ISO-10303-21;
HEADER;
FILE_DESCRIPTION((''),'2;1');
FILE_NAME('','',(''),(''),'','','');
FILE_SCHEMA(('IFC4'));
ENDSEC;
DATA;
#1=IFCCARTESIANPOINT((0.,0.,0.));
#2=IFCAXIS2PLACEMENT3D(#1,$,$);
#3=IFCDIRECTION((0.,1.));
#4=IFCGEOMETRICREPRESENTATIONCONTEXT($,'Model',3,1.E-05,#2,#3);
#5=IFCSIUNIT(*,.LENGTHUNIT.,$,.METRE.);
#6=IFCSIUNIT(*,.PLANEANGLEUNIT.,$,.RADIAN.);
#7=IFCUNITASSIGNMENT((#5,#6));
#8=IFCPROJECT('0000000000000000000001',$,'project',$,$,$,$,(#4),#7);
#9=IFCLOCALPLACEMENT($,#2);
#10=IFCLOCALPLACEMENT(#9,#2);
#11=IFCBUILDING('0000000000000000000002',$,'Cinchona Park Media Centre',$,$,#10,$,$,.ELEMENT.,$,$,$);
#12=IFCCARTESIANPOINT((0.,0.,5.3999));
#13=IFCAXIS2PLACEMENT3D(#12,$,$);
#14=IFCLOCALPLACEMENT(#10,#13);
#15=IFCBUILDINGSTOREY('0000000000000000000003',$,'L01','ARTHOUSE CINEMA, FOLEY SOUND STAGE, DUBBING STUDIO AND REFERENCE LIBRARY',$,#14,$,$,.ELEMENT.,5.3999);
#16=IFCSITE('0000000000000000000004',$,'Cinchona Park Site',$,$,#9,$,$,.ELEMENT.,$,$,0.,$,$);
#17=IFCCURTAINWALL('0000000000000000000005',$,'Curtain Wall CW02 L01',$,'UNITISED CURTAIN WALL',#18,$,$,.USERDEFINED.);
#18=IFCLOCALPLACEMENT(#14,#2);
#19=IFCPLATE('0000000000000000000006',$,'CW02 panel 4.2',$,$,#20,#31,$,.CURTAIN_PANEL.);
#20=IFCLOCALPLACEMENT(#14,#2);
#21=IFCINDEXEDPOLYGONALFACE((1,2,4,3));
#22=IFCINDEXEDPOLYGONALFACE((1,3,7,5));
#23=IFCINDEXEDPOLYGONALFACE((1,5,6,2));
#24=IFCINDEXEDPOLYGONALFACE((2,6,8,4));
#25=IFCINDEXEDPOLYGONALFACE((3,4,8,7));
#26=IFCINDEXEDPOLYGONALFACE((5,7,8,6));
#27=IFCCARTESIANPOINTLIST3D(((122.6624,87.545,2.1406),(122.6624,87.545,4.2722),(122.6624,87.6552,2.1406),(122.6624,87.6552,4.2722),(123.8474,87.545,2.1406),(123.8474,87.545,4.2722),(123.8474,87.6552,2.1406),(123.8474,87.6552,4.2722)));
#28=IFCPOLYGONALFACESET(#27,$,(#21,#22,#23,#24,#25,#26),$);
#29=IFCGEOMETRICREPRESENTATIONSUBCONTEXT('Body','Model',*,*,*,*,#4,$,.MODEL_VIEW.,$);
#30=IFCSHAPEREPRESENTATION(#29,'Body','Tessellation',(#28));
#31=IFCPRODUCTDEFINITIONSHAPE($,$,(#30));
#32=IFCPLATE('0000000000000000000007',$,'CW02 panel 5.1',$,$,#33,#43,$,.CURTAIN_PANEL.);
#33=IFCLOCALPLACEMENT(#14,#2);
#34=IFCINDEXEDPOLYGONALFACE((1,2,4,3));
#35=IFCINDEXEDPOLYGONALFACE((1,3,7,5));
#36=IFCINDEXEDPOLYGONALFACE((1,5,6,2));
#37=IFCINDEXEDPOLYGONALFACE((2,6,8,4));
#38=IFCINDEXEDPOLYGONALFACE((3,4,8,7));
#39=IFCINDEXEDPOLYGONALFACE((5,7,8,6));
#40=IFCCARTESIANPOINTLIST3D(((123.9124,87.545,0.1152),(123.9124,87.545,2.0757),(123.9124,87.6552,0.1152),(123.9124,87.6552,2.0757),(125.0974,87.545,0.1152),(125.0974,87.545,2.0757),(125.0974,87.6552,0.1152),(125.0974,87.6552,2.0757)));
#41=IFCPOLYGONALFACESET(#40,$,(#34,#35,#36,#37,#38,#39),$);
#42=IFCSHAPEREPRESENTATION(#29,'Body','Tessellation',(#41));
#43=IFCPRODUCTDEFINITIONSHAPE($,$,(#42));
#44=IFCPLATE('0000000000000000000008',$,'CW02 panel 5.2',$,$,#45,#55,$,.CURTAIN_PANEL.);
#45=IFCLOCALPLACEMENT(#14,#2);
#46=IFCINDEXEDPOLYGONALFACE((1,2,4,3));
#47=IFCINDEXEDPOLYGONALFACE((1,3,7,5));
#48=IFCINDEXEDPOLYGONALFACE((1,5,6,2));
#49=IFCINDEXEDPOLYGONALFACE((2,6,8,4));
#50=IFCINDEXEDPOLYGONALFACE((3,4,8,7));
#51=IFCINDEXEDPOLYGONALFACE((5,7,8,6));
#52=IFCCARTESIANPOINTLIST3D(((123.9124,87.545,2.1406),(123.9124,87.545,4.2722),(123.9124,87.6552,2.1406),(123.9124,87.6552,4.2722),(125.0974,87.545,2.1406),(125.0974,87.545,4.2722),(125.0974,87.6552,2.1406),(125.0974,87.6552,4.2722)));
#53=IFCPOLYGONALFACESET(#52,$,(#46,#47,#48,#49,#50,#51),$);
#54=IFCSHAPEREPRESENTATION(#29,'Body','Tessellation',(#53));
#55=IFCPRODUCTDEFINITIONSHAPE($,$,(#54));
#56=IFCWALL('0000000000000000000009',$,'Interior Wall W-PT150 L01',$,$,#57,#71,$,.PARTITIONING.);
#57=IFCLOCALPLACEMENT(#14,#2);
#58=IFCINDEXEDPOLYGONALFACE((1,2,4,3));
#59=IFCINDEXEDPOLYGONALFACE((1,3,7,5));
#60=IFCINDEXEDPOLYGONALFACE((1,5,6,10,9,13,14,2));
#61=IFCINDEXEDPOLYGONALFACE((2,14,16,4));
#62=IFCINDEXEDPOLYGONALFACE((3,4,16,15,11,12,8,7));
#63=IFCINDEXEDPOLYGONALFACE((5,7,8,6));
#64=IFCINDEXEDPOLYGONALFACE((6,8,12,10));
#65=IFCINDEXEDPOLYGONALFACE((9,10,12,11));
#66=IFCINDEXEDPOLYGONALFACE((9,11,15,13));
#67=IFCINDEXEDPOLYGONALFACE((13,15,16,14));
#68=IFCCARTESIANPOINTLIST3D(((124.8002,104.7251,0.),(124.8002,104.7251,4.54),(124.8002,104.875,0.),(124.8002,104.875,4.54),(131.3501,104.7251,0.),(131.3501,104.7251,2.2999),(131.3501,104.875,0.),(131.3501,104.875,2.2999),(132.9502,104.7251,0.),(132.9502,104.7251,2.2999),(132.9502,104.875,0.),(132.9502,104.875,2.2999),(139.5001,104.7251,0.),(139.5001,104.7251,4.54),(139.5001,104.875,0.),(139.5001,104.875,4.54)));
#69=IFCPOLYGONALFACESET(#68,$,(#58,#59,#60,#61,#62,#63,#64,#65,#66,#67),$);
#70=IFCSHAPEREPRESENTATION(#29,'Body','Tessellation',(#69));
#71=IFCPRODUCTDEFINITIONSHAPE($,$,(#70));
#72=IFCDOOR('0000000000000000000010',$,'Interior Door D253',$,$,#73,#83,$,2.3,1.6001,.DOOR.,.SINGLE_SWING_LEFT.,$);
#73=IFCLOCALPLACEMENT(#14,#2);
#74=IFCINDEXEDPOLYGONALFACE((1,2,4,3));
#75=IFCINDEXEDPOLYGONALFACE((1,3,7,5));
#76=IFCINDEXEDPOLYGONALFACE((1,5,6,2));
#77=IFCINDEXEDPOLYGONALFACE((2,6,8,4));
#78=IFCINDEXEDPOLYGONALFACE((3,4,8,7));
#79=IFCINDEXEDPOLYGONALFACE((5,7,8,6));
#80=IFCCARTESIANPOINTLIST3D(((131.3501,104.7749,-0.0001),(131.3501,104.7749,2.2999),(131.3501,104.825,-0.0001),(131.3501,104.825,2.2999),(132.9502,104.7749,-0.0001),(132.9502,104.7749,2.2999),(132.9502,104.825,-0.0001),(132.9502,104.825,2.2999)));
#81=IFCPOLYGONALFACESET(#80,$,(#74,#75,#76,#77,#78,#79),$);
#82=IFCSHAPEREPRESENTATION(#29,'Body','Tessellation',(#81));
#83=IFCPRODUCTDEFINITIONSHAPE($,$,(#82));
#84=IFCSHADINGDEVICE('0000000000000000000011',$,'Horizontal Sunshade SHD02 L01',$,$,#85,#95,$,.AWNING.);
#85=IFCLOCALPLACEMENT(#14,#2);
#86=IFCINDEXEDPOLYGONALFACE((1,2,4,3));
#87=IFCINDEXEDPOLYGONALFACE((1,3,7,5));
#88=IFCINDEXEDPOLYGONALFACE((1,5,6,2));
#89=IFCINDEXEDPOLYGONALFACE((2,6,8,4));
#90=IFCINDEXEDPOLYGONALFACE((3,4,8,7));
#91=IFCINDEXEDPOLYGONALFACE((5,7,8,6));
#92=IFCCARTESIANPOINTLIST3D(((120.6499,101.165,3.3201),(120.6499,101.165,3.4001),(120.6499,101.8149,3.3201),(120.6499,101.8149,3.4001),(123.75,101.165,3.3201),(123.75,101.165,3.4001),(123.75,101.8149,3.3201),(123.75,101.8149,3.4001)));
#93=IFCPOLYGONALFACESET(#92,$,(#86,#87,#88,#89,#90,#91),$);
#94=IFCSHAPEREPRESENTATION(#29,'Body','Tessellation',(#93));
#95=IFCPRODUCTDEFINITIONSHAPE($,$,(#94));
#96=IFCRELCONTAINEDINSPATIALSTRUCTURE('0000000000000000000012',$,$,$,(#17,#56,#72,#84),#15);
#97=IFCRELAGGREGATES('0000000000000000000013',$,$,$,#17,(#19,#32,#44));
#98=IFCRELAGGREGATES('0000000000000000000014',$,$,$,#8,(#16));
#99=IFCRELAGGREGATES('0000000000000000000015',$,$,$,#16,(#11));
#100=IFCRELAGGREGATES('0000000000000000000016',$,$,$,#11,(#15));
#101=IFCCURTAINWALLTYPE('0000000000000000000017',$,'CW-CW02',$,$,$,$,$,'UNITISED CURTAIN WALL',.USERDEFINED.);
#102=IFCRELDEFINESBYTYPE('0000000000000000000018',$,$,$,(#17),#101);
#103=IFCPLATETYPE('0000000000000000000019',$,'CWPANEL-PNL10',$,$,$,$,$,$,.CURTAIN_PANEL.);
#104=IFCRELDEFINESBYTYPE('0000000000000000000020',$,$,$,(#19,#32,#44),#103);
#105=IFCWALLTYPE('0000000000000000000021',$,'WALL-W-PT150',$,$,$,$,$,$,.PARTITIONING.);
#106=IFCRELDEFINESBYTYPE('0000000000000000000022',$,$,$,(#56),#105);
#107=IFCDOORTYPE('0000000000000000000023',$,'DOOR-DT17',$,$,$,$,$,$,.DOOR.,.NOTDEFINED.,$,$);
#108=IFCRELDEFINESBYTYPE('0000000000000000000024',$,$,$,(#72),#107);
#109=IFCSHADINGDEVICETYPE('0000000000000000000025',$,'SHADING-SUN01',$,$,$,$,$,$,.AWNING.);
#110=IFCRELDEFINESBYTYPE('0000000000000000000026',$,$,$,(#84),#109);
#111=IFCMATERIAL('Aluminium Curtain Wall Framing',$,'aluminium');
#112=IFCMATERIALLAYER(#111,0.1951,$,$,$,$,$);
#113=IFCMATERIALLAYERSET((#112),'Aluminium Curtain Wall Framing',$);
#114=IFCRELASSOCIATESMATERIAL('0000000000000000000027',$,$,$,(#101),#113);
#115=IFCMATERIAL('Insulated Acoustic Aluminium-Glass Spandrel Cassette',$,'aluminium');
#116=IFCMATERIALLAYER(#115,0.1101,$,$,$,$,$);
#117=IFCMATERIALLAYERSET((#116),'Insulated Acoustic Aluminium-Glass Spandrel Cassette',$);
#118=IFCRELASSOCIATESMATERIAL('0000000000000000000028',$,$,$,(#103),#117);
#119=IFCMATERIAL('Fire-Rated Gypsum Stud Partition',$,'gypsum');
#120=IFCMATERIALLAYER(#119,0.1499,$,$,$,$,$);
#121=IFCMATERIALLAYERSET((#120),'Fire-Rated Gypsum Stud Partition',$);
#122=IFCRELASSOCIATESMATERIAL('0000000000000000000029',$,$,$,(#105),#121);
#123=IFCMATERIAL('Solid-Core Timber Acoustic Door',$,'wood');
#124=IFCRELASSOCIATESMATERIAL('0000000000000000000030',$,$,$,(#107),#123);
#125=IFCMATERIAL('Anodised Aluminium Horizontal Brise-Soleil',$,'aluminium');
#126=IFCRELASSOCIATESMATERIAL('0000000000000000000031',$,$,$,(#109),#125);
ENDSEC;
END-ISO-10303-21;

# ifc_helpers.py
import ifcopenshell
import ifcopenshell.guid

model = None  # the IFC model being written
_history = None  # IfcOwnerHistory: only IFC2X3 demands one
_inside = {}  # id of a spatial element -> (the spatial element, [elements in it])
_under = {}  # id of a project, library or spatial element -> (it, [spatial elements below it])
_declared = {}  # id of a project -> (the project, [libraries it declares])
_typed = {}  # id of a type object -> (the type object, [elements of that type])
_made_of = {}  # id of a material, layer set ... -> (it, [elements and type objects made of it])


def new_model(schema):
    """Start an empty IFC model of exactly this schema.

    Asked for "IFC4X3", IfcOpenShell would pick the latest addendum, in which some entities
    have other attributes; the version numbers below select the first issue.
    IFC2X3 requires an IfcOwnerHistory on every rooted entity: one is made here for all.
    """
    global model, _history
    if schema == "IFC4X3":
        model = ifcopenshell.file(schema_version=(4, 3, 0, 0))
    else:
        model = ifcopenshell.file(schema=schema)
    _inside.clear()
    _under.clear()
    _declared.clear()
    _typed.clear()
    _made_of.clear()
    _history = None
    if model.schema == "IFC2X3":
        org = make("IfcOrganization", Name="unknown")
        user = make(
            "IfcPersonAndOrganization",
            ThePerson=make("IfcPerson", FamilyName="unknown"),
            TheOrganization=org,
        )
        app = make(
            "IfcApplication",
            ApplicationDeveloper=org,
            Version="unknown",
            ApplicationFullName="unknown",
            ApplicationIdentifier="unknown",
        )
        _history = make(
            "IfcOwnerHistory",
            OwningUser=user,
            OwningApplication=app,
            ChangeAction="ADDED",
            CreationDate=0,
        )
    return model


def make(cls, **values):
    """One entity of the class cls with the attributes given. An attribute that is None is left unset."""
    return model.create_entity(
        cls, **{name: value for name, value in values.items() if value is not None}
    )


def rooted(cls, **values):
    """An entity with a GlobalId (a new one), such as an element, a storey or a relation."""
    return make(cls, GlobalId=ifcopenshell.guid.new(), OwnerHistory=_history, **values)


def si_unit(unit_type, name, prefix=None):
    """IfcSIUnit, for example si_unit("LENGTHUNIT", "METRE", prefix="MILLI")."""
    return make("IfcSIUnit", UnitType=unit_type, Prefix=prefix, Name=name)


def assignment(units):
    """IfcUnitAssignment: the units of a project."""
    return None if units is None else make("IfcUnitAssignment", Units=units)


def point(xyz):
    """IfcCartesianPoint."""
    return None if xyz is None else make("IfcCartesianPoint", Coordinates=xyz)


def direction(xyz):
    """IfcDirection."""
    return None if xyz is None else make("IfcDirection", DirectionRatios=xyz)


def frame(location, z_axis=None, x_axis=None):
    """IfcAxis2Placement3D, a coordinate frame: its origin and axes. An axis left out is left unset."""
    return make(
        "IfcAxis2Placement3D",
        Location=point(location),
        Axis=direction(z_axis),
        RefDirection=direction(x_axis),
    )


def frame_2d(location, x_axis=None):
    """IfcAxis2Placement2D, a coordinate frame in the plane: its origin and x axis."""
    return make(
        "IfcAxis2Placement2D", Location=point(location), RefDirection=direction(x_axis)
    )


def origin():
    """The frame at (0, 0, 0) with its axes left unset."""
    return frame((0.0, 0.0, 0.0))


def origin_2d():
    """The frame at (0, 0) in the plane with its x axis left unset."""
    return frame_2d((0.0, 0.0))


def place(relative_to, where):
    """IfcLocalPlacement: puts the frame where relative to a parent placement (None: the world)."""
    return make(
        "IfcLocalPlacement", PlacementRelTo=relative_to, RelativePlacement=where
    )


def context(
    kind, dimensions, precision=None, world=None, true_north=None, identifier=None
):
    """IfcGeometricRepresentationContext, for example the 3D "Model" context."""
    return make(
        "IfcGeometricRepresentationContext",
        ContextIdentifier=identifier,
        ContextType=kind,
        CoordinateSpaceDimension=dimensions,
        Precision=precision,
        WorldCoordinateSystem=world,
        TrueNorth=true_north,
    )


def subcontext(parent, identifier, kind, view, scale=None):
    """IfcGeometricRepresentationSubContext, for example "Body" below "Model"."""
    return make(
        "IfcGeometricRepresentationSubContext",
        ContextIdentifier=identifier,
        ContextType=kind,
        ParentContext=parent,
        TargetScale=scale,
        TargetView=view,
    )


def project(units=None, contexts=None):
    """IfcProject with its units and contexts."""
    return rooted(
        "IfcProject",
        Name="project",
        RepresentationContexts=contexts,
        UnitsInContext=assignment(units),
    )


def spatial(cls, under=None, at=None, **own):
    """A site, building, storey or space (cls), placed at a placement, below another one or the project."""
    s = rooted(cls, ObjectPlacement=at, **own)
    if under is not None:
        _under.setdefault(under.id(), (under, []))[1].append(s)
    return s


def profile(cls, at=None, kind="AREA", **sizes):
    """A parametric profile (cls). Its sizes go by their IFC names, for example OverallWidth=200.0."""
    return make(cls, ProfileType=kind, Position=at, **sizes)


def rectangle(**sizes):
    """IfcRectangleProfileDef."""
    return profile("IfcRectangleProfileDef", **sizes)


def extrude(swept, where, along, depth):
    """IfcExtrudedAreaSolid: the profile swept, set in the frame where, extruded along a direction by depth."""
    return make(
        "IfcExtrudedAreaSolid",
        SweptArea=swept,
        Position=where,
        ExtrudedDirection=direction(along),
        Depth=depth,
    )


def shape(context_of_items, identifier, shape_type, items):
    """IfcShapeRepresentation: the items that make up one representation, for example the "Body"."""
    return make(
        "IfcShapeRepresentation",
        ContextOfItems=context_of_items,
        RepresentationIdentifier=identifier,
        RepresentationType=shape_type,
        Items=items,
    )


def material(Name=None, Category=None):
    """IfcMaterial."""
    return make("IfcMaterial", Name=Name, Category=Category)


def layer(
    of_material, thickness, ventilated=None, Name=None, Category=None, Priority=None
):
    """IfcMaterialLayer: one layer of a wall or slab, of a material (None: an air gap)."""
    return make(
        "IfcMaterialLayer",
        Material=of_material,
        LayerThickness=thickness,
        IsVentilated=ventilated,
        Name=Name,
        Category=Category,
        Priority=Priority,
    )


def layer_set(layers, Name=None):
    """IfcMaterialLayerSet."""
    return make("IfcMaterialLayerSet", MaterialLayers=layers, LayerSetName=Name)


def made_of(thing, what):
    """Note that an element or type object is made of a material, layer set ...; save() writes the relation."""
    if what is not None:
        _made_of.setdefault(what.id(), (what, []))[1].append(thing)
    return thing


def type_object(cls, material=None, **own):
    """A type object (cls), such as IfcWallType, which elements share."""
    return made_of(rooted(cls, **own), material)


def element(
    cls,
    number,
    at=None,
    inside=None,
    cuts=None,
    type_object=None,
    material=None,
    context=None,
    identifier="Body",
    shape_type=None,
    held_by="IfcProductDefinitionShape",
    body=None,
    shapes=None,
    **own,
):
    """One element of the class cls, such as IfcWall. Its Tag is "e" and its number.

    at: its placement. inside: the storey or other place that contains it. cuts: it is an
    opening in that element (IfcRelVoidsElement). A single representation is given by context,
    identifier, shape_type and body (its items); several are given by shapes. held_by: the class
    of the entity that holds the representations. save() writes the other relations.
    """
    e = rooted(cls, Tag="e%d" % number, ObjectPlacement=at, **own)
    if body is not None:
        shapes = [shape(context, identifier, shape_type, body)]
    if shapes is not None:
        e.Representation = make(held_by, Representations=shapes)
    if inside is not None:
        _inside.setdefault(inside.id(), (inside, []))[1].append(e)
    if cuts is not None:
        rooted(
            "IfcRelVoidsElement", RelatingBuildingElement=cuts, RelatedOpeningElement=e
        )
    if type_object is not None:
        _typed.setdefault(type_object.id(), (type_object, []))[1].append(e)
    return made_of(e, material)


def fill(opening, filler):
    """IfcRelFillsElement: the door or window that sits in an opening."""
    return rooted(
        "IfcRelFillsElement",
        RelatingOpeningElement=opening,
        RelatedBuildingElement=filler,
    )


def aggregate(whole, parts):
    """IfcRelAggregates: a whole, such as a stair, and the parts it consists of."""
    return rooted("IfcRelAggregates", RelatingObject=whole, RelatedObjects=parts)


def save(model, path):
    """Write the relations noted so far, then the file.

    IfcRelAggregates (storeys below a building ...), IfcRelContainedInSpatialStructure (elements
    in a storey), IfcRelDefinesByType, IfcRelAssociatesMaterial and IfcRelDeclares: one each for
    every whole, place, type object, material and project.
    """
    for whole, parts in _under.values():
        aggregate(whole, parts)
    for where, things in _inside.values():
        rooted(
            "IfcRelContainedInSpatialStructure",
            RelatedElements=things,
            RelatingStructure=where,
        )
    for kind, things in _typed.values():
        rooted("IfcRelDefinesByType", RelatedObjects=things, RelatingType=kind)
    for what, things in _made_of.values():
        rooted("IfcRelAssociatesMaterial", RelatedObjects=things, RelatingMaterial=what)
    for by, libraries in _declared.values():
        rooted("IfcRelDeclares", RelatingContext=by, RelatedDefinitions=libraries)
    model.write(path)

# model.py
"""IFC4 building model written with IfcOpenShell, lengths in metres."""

from ifc_helpers import new_model, si_unit, direction, frame, frame_2d, origin, origin_2d, place, context, subcontext, project, spatial, rectangle, extrude, material, layer, layer_set, type_object, element, fill, aggregate, save


model = new_model("IFC4")

# Units and contexts
model_context = context("Model", 3, precision=1e-05, world=origin(), true_north=direction((0.0, 1.0)))
body_context = subcontext(model_context, "Body", "Model", "MODEL_VIEW")
ifc_project = project(units=[si_unit("LENGTHUNIT", "METRE"), si_unit("PLANEANGLEUNIT", "RADIAN")], contexts=[model_context])

# Site, building, storey
site_placement = place(None, origin())
site = spatial("IfcSite", under=ifc_project, at=site_placement, Name="Cinchona Park Site", CompositionType="ELEMENT", RefElevation=0.0)
building_placement = place(site_placement, origin())
building = spatial("IfcBuilding", under=site, at=building_placement, Name="Cinchona Park Media Centre", CompositionType="ELEMENT")
storey_placement = place(building_placement, frame((0.0, 0.0, 5.3999)))
storey = spatial("IfcBuildingStorey", under=building, at=storey_placement, Name="L01", Description="ARTHOUSE CINEMA, FOLEY SOUND STAGE, DUBBING STUDIO AND REFERENCE LIBRARY", CompositionType="ELEMENT", Elevation=5.3999)

# Curtain wall, plates
ifc_material_1 = material(Name="Aluminium Curtain Wall Framing", Category="aluminium")
ifc_layer_1 = layer(ifc_material_1, 0.1951)
ifc_layer_set_1 = layer_set([ifc_layer_1], Name="Aluminium Curtain Wall Framing")
curtain_wall_type = type_object("IfcCurtainWallType", Name="CW-CW02", ElementType="UNITISED CURTAIN WALL", PredefinedType="USERDEFINED", material=ifc_layer_set_1)
curtain_wall_placement = place(storey_placement, origin())
curtain_wall = element("IfcCurtainWall", 1, at=curtain_wall_placement, inside=storey, type_object=curtain_wall_type, Name="Curtain Wall CW02 L01", ObjectType="UNITISED CURTAIN WALL", PredefinedType="USERDEFINED")
ifc_material_2 = material(Name="Insulated Acoustic Aluminium-Glass Spandrel Cassette", Category="aluminium")
ifc_layer_2 = layer(ifc_material_2, 0.1101)
ifc_layer_set_2 = layer_set([ifc_layer_2], Name="Insulated Acoustic Aluminium-Glass Spandrel Cassette")
plate_type = type_object("IfcPlateType", Name="CWPANEL-PNL10", PredefinedType="CURTAIN_PANEL", material=ifc_layer_set_2)
plate_1_placement = place(storey_placement, frame((123.2549, 87.6001, 2.1406), z_axis=(0.0, 0.0, 1.0), x_axis=(1.0, 0.0, 0.0)))
plate_1 = element("IfcPlate", 2, at=plate_1_placement, type_object=plate_type, Name="CW02 panel 4.2", PredefinedType="CURTAIN_PANEL", context=body_context, shape_type="SweptSolid", body=[
    extrude(rectangle(XDim=1.1851, YDim=0.1101, at=origin_2d()), origin(), (0.0, 0.0, 1.0), 2.1316),
])
plate_2_placement = place(storey_placement, frame((124.5049, 87.6001, 0.1152), z_axis=(0.0, 0.0, 1.0), x_axis=(1.0, 0.0, 0.0)))
plate_2 = element("IfcPlate", 3, at=plate_2_placement, type_object=plate_type, Name="CW02 panel 5.1", PredefinedType="CURTAIN_PANEL", context=body_context, shape_type="SweptSolid", body=[
    extrude(rectangle(XDim=1.1851, YDim=0.1101, at=origin_2d()), origin(), (0.0, 0.0, 1.0), 1.9604),
])
plate_3_placement = place(storey_placement, frame((124.5049, 87.6001, 2.1406), z_axis=(0.0, 0.0, 1.0), x_axis=(1.0, 0.0, 0.0)))
plate_3 = element("IfcPlate", 4, at=plate_3_placement, type_object=plate_type, Name="CW02 panel 5.2", PredefinedType="CURTAIN_PANEL", context=body_context, shape_type="SweptSolid", body=[
    extrude(rectangle(XDim=1.1851, YDim=0.1101, at=origin_2d()), origin(), (0.0, 0.0, 1.0), 2.1316),
])
aggregate(curtain_wall, [plate_1, plate_2, plate_3])

# Wall, opening, door
ifc_material_3 = material(Name="Fire-Rated Gypsum Stud Partition", Category="gypsum")
ifc_layer_3 = layer(ifc_material_3, 0.1499)
ifc_layer_set_3 = layer_set([ifc_layer_3], Name="Fire-Rated Gypsum Stud Partition")
wall_type = type_object("IfcWallType", Name="WALL-W-PT150", PredefinedType="PARTITIONING", material=ifc_layer_set_3)
wall_placement = place(storey_placement, frame((124.8, 104.8, 0.0), z_axis=(0.0, 0.0, 1.0), x_axis=(1.0, 0.0, 0.0)))
wall = element("IfcWall", 5, at=wall_placement, inside=storey, type_object=wall_type, Name="Interior Wall W-PT150 L01", PredefinedType="PARTITIONING", context=body_context, shape_type="SweptSolid", body=[
    extrude(rectangle(XDim=14.7, YDim=0.1499, at=frame_2d((7.3501, 0.0))), origin(), (0.0, 0.0, 1.0), 4.54),
])
opening_placement = place(wall_placement, frame((6.55, 0.0, 0.0)))
opening = element("IfcOpeningElement", 6, at=opening_placement, cuts=wall, PredefinedType="OPENING", context=body_context, shape_type="SweptSolid", body=[
    extrude(rectangle(XDim=1.6001, YDim=2.3, at=frame_2d((0.8, 1.1499))), frame((0.0, 0.085, 0.0), z_axis=(0.0, -1.0, 0.0), x_axis=(1.0, 0.0, 0.0)), (0.0, 0.0, 1.0), 0.1699),
])
ifc_material_4 = material(Name="Solid-Core Timber Acoustic Door", Category="wood")
door_type = type_object("IfcDoorType", Name="DOOR-DT17", OperationType="NOTDEFINED", PredefinedType="DOOR", material=ifc_material_4)
door_placement = place(opening_placement, origin())
door = element("IfcDoor", 7, at=door_placement, inside=storey, type_object=door_type, Name="Interior Door D253", OperationType="SINGLE_SWING_LEFT", OverallHeight=2.3, OverallWidth=1.6001, PredefinedType="DOOR", context=body_context, shape_type="SweptSolid", body=[
    extrude(rectangle(XDim=1.6001, YDim=2.3, at=frame_2d((0.8, 1.1499))), frame((0.0, 0.0249, 0.0), z_axis=(0.0, -1.0, 0.0), x_axis=(1.0, 0.0, 0.0)), (0.0, 0.0, 1.0), 0.05),
])
fill(opening, door)

# Shading device
ifc_material_5 = material(Name="Anodised Aluminium Horizontal Brise-Soleil", Category="aluminium")
shading_device_type = type_object("IfcShadingDeviceType", Name="SHADING-SUN01", PredefinedType="AWNING", material=ifc_material_5)
shading_device_placement = place(storey_placement, frame((122.2, 101.49, 3.3201), z_axis=(0.0, 0.0, 1.0), x_axis=(-1.0, 0.0, 0.0)))
element("IfcShadingDevice", 8, at=shading_device_placement, inside=storey, type_object=shading_device_type, Name="Horizontal Sunshade SHD02 L01", PredefinedType="AWNING", context=body_context, shape_type="SweptSolid", body=[
    extrude(rectangle(XDim=3.1001, YDim=0.6499, at=origin_2d()), origin(), (0.0, 0.0, 1.0), 0.0801),
])

save(model, "model.ifc")
